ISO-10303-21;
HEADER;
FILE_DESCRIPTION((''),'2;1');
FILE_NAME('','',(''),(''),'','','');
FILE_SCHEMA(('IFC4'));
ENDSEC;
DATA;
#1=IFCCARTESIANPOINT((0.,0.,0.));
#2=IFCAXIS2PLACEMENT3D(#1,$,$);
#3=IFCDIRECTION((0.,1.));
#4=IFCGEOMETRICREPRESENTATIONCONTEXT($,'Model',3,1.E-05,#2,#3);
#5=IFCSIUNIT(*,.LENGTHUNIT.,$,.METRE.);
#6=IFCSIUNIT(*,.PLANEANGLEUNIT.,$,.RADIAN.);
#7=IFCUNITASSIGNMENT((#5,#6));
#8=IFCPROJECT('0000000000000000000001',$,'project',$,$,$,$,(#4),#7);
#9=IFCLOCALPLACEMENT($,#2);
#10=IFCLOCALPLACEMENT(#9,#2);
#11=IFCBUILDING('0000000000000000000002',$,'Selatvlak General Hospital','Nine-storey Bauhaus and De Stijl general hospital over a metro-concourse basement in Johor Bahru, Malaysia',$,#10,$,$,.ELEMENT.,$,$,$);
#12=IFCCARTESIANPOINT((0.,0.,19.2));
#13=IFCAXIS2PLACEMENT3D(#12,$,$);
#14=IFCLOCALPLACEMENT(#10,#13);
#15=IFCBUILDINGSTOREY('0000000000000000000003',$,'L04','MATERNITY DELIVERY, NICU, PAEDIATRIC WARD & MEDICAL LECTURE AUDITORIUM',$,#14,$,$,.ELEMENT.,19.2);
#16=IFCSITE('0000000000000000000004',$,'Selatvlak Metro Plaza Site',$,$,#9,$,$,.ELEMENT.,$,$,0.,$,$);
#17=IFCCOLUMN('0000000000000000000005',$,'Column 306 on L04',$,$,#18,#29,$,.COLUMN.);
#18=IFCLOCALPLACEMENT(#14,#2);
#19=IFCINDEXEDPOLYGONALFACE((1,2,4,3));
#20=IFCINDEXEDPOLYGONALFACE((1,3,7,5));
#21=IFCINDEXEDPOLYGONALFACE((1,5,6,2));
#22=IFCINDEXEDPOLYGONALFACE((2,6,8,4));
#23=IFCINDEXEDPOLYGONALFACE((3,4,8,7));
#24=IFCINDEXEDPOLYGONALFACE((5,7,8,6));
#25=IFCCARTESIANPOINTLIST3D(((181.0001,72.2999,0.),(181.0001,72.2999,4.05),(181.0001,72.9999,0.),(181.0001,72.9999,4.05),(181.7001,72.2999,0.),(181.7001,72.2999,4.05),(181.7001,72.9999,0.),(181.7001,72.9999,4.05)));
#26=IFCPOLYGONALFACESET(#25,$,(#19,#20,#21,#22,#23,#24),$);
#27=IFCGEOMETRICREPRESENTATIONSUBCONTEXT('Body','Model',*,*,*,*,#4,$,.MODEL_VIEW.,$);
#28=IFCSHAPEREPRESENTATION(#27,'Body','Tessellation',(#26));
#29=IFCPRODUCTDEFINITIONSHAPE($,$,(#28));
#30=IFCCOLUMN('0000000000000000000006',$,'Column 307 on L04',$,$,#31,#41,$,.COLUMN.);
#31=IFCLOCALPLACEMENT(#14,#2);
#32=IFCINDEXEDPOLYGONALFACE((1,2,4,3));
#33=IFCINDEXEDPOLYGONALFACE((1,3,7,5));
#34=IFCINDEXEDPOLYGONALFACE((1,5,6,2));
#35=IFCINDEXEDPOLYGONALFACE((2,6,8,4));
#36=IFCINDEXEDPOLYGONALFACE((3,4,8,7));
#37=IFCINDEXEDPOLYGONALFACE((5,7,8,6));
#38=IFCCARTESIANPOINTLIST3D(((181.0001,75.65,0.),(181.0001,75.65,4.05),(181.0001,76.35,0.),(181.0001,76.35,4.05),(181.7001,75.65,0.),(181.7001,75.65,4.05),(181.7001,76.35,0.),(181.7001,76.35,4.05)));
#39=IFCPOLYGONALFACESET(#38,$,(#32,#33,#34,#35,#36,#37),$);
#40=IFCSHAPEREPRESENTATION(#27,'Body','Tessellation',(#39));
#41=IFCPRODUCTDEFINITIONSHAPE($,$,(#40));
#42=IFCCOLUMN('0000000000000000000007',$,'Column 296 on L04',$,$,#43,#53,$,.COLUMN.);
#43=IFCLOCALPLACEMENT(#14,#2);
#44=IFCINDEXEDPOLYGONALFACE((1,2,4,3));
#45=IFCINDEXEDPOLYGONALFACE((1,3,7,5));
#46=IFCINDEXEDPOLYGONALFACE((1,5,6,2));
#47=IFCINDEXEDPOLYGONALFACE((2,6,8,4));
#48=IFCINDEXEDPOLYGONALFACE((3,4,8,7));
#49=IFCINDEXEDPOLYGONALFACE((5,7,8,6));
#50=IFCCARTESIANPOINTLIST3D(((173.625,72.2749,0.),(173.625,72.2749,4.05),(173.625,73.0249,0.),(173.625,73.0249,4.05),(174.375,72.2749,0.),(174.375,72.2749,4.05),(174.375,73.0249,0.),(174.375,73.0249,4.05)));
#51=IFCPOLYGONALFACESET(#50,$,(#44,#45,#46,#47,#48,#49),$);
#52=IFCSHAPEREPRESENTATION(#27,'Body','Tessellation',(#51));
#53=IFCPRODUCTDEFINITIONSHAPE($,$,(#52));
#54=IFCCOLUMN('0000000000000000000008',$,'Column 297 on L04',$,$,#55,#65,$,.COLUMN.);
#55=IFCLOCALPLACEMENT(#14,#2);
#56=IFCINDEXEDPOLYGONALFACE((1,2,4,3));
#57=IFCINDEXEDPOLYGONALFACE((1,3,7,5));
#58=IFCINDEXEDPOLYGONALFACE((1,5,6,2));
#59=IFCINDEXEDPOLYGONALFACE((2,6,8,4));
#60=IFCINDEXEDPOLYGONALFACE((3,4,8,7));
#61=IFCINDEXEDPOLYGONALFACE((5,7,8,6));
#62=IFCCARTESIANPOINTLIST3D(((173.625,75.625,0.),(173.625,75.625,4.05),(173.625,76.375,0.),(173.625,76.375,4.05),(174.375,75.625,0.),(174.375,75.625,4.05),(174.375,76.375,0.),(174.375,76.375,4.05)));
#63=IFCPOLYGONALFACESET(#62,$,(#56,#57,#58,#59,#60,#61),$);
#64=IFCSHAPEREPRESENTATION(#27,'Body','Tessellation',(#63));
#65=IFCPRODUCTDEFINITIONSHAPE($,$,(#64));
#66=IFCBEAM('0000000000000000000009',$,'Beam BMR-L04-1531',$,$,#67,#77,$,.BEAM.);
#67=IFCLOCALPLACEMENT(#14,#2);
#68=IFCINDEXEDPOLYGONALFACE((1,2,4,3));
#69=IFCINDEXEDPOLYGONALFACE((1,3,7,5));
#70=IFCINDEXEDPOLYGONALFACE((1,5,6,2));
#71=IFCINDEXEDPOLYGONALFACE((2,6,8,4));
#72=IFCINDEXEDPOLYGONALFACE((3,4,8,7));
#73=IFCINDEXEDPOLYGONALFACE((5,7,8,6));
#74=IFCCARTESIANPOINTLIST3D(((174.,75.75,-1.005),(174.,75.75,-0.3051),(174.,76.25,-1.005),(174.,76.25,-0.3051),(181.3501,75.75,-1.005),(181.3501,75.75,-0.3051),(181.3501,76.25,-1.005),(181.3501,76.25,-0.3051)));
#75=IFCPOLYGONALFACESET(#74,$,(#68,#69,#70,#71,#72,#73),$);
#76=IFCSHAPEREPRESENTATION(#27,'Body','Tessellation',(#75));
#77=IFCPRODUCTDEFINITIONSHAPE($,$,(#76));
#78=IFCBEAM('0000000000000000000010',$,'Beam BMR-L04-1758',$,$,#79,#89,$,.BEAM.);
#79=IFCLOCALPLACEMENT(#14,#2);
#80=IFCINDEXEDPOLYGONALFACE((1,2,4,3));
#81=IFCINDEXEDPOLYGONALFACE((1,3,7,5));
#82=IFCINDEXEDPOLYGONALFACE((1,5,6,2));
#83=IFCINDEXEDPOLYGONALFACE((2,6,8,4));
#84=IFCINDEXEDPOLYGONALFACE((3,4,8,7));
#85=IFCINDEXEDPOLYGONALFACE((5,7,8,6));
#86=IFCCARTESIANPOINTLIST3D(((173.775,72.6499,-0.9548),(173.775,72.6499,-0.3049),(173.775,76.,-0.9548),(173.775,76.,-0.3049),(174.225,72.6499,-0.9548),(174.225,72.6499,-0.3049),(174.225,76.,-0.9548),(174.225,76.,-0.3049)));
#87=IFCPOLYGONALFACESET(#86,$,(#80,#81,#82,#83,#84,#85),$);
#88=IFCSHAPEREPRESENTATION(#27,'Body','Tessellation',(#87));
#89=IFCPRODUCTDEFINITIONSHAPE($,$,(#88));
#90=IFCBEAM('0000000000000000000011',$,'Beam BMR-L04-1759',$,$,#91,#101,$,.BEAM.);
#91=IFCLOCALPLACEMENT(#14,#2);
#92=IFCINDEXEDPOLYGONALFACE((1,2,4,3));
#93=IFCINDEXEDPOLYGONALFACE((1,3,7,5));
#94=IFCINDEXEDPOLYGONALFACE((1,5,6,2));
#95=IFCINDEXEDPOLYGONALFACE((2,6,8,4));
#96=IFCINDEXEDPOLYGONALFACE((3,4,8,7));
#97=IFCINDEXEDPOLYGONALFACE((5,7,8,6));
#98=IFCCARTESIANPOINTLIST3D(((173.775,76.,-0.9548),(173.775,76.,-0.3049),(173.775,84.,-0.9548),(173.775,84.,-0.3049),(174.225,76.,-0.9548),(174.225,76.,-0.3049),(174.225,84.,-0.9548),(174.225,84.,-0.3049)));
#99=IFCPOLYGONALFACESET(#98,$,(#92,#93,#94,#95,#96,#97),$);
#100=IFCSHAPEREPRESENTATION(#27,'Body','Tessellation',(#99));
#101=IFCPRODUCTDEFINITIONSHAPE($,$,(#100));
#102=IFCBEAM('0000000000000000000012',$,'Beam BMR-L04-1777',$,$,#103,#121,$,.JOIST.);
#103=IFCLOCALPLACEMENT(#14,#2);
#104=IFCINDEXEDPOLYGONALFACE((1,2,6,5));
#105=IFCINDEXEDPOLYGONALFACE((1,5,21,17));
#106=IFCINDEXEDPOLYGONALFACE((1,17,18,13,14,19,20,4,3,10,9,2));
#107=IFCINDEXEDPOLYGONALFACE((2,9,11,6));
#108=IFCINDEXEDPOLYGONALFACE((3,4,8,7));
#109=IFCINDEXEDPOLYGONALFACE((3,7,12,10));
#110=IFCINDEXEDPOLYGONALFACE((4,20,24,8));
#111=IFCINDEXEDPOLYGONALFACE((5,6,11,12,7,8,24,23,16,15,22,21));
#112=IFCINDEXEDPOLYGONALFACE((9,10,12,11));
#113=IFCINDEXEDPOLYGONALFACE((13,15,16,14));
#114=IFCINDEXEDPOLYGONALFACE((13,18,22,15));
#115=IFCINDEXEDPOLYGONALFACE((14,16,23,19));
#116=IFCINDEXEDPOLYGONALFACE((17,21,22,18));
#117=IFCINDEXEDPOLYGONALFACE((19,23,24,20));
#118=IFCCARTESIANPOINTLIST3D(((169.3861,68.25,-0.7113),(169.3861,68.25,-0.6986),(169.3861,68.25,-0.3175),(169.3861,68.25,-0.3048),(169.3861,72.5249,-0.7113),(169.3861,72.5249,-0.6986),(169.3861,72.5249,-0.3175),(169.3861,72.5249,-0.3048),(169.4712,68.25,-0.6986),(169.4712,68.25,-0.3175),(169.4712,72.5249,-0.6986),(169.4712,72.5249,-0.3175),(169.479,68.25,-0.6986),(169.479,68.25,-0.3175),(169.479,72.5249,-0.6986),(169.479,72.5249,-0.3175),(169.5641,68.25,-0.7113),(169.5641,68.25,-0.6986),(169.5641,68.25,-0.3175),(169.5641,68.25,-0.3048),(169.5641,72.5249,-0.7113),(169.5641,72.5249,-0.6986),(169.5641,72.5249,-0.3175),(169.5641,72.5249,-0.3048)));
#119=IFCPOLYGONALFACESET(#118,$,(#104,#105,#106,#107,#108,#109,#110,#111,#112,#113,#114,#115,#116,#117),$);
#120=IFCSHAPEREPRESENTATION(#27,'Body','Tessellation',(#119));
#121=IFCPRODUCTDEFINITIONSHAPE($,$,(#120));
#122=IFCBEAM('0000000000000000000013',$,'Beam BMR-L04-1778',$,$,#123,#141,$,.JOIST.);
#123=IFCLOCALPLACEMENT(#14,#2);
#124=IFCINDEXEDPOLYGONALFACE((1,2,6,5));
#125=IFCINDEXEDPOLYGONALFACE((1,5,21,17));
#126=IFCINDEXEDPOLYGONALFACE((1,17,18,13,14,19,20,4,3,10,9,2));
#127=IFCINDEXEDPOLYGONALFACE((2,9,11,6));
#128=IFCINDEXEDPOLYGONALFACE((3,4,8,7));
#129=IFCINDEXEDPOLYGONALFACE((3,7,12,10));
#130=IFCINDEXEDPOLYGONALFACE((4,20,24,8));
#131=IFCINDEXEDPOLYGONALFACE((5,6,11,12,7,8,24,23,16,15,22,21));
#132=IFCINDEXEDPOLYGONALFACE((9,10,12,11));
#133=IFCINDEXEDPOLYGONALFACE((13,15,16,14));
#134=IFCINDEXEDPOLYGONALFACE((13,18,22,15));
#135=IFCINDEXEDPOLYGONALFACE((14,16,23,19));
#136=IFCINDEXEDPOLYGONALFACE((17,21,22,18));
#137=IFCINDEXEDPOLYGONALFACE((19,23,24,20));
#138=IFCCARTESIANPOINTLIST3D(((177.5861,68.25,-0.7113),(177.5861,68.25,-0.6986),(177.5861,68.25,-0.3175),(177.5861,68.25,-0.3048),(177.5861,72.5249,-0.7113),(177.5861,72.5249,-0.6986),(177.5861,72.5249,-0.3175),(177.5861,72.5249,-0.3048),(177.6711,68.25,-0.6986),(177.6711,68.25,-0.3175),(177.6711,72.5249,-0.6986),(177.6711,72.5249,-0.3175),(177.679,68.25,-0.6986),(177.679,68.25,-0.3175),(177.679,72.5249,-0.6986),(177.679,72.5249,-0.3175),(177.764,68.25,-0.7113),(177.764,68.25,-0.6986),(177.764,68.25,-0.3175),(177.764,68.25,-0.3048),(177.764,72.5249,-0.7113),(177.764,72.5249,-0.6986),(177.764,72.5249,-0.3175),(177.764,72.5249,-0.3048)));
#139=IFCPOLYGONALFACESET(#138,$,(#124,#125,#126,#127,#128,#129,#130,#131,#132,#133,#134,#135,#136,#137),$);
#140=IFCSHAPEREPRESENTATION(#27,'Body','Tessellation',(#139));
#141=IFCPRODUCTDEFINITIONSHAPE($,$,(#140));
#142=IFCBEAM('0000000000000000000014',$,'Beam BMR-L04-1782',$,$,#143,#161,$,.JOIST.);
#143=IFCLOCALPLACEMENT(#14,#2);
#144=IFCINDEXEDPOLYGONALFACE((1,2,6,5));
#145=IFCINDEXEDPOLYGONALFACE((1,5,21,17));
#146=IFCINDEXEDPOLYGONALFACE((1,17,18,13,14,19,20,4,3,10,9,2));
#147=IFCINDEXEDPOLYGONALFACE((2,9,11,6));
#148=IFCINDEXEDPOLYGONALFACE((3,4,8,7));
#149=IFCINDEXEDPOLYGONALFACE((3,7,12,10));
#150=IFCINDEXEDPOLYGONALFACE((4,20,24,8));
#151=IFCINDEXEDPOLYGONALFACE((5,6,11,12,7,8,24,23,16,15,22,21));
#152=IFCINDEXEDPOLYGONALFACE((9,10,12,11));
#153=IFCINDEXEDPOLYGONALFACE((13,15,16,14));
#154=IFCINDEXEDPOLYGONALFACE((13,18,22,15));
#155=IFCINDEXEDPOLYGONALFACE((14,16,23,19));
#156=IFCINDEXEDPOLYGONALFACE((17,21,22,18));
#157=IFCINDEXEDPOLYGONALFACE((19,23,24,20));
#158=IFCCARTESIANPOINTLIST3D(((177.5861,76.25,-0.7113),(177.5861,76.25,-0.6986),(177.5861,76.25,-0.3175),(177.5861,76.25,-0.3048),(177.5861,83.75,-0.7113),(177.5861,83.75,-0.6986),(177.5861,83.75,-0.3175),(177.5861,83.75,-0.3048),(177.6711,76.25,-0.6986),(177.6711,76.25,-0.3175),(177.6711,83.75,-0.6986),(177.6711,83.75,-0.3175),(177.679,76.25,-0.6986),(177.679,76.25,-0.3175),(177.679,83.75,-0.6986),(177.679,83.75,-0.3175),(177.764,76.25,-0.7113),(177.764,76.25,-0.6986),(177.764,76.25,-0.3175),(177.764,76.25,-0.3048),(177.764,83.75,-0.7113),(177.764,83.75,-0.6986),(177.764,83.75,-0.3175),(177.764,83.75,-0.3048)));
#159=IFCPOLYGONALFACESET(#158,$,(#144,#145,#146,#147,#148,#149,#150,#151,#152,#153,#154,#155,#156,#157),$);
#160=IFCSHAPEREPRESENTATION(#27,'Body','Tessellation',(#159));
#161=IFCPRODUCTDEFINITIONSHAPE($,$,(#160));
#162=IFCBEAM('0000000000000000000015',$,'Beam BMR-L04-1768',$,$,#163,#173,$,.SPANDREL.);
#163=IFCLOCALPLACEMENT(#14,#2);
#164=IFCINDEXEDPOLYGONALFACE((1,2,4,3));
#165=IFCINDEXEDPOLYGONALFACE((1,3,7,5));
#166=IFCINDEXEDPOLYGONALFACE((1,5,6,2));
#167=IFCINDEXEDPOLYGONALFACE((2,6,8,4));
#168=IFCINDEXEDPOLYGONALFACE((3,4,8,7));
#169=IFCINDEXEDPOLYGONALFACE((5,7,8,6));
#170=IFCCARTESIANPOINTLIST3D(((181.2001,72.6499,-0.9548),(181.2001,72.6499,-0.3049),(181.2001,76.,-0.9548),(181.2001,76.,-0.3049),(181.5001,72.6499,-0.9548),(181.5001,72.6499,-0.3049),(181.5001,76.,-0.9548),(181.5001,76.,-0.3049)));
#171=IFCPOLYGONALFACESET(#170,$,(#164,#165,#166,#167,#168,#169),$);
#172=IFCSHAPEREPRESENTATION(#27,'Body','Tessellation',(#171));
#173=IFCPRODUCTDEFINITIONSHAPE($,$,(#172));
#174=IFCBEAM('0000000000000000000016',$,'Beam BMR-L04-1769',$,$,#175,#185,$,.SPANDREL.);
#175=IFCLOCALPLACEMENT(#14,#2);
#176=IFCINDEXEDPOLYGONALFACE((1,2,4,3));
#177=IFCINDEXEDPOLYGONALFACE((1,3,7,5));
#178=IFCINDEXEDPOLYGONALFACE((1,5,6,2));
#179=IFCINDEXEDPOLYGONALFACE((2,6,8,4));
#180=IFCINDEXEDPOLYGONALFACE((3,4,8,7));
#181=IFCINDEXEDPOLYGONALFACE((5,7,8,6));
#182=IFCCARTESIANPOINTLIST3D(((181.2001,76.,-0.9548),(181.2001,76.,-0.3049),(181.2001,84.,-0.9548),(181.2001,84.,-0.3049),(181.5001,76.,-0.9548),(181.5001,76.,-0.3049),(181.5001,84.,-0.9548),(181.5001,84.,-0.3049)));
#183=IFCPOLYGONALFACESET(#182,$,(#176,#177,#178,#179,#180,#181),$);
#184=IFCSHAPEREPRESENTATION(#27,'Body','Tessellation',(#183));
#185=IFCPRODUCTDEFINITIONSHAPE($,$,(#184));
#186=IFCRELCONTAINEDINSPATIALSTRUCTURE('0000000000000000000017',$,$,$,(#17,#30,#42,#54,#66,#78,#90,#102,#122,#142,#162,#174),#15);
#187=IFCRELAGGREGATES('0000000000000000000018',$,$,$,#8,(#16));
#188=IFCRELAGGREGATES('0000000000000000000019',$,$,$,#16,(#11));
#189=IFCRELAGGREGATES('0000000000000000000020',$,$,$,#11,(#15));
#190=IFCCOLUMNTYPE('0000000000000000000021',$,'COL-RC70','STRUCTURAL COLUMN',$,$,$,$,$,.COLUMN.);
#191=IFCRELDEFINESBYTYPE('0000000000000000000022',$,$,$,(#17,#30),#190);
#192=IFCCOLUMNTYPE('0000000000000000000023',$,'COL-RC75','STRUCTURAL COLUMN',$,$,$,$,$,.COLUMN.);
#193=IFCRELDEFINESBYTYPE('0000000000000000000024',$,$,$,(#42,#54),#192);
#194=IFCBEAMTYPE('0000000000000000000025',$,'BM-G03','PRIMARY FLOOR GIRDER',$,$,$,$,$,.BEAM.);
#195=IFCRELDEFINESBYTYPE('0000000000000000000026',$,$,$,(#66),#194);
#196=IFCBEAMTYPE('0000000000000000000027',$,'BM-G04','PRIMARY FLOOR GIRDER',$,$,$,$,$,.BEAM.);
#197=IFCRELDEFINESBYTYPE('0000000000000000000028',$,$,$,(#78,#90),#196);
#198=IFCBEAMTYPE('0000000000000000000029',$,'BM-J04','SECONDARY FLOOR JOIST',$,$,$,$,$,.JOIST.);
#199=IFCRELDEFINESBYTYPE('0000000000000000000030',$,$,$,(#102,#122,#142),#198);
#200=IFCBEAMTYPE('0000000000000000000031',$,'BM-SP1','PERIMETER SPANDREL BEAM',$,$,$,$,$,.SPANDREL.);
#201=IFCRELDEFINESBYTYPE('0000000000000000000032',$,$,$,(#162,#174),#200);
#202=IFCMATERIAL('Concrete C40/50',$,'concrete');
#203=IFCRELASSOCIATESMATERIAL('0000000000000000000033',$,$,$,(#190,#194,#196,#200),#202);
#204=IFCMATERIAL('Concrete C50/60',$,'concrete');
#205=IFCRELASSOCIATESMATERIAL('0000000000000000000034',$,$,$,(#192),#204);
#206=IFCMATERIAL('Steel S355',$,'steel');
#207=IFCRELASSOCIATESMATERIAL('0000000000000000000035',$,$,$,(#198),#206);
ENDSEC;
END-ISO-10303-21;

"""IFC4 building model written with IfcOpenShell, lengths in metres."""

from ifc_helpers import new_model, si_unit, direction, frame, origin, origin_2d, place, context, subcontext, project, spatial, rectangle, i_section, extrude, material, material_profile, profile_set, type_object, element, save


model = new_model("IFC4")

# Units and contexts
model_context = context("Model", 3, precision=1e-05, world=origin(), true_north=direction((0.0, 1.0)))
body_context = subcontext(model_context, "Body", "Model", "MODEL_VIEW")
ifc_project = project(units=[si_unit("LENGTHUNIT", "METRE"), si_unit("PLANEANGLEUNIT", "RADIAN")], contexts=[model_context])

# Site, building, storey
site_placement = place(None, origin())
site = spatial("IfcSite", under=ifc_project, at=site_placement, Name="Selatvlak Metro Plaza Site", CompositionType="ELEMENT", RefElevation=0.0)
building_placement = place(site_placement, origin())
building = spatial("IfcBuilding", under=site, at=building_placement, Name="Selatvlak General Hospital", Description="Nine-storey Bauhaus and De Stijl general hospital over a metro-concourse basement in Johor Bahru, Malaysia", CompositionType="ELEMENT")
storey_placement = place(building_placement, frame((0.0, 0.0, 19.2)))
storey = spatial("IfcBuildingStorey", under=building, at=storey_placement, Name="L04", Description="MATERNITY DELIVERY, NICU, PAEDIATRIC WARD & MEDICAL LECTURE AUDITORIUM", CompositionType="ELEMENT", Elevation=19.2)

# Columns
ifc_material_1 = material(Name="Concrete C40/50", Category="concrete")
ifc_material_profile_1 = material_profile(ifc_material_1, rectangle(XDim=0.7, YDim=0.7, at=origin_2d()), Name="RC-COL 700x700")
ifc_profile_set_1 = profile_set([ifc_material_profile_1], Name="Concrete C40/50")
column_type_1 = type_object("IfcColumnType", Name="COL-RC70", Description="STRUCTURAL COLUMN", PredefinedType="COLUMN", material=ifc_profile_set_1)
for number, where, z_axis, x_axis, name in (
    (1, (181.3501, 72.6499, 0.0), (0.0, 0.0, 1.0), (1.0, 0.0, 0.0), "Column 306 on L04"),
    (2, (181.3501, 76.0, 0.0), (0.0, 0.0, 1.0), (1.0, 0.0, 0.0), "Column 307 on L04"),
):
    element("IfcColumn", number, at=place(storey_placement, frame(where, z_axis=z_axis, x_axis=x_axis)), inside=storey, type_object=column_type_1, Name=name, PredefinedType="COLUMN", context=body_context, shape_type="SweptSolid", body=[
        extrude(rectangle(XDim=0.7, YDim=0.7, at=origin_2d()), origin(), (0.0, 0.0, 1.0), 4.05),
    ])
ifc_material_2 = material(Name="Concrete C50/60", Category="concrete")
ifc_material_profile_2 = material_profile(ifc_material_2, rectangle(XDim=0.75, YDim=0.75, at=origin_2d()), Name="RC-COL 750x750")
ifc_profile_set_2 = profile_set([ifc_material_profile_2], Name="Concrete C50/60")
column_type_2 = type_object("IfcColumnType", Name="COL-RC75", Description="STRUCTURAL COLUMN", PredefinedType="COLUMN", material=ifc_profile_set_2)
for number, where, z_axis, x_axis, name in (
    (3, (174.0, 72.6499, 0.0), (0.0, 0.0, 1.0), (1.0, 0.0, 0.0), "Column 296 on L04"),
    (4, (174.0, 76.0, 0.0), (0.0, 0.0, 1.0), (1.0, 0.0, 0.0), "Column 297 on L04"),
):
    element("IfcColumn", number, at=place(storey_placement, frame(where, z_axis=z_axis, x_axis=x_axis)), inside=storey, type_object=column_type_2, Name=name, PredefinedType="COLUMN", context=body_context, shape_type="SweptSolid", body=[
        extrude(rectangle(XDim=0.75, YDim=0.75, at=origin_2d()), origin(), (0.0, 0.0, 1.0), 4.05),
    ])

# Beams
ifc_material_profile_3 = material_profile(ifc_material_1, rectangle(XDim=0.5, YDim=0.7, at=origin_2d()), Name="RC-BM 500x700")
ifc_profile_set_3 = profile_set([ifc_material_profile_3], Name="Concrete C40/50")
beam_type_1 = type_object("IfcBeamType", Name="BM-G03", Description="PRIMARY FLOOR GIRDER", PredefinedType="BEAM", material=ifc_profile_set_3)
beam_1_placement = place(storey_placement, frame((174.0, 76.0, -0.655), z_axis=(1.0, 0.0, 0.0), x_axis=(0.0, 1.0, 0.0)))
element("IfcBeam", 5, at=beam_1_placement, inside=storey, type_object=beam_type_1, Name="Beam BMR-L04-1531", PredefinedType="BEAM", context=body_context, shape_type="SweptSolid", body=[
    extrude(rectangle(XDim=0.5, YDim=0.7, at=origin_2d()), origin(), (0.0, 0.0, 1.0), 7.3501),
])
ifc_material_profile_4 = material_profile(ifc_material_1, rectangle(XDim=0.45, YDim=0.6499, at=origin_2d()), Name="RC-BM 450x650")
ifc_profile_set_4 = profile_set([ifc_material_profile_4], Name="Concrete C40/50")
beam_type_2 = type_object("IfcBeamType", Name="BM-G04", Description="PRIMARY FLOOR GIRDER", PredefinedType="BEAM", material=ifc_profile_set_4)
beam_2_placement = place(storey_placement, frame((174.0, 72.6499, -0.6299), z_axis=(0.0, 1.0, 0.0), x_axis=(-1.0, 0.0, 0.0)))
element("IfcBeam", 6, at=beam_2_placement, inside=storey, type_object=beam_type_2, Name="Beam BMR-L04-1758", PredefinedType="BEAM", context=body_context, shape_type="SweptSolid", body=[
    extrude(rectangle(XDim=0.45, YDim=0.6499, at=origin_2d()), origin(), (0.0, 0.0, 1.0), 3.3501),
])
beam_3_placement = place(storey_placement, frame((174.0, 76.0, -0.6299), z_axis=(0.0, 1.0, 0.0), x_axis=(-1.0, 0.0, 0.0)))
element("IfcBeam", 7, at=beam_3_placement, inside=storey, type_object=beam_type_2, Name="Beam BMR-L04-1759", PredefinedType="BEAM", context=body_context, shape_type="SweptSolid", body=[
    extrude(rectangle(XDim=0.45, YDim=0.6499, at=origin_2d()), origin(), (0.0, 0.0, 1.0), 8.0),
])
ifc_material_3 = material(Name="Steel S355", Category="steel")
ifc_material_profile_5 = material_profile(ifc_material_3, i_section(OverallWidth=0.178, OverallDepth=0.4065, WebThickness=0.0078, FlangeThickness=0.0127, at=origin_2d()), Name="UB 406x178x60")
ifc_profile_set_5 = profile_set([ifc_material_profile_5], Name="Steel S355")
beam_type_3 = type_object("IfcBeamType", Name="BM-J04", Description="SECONDARY FLOOR JOIST", PredefinedType="JOIST", material=ifc_profile_set_5)
for number, where, z_axis, x_axis, name in (
    (8, (169.4751, 68.25, -0.5081), (0.0, 1.0, 0.0), (-1.0, 0.0, 0.0), "Beam BMR-L04-1777"),
    (9, (177.675, 68.25, -0.5081), (0.0, 1.0, 0.0), (-1.0, 0.0, 0.0), "Beam BMR-L04-1778"),
):
    element("IfcBeam", number, at=place(storey_placement, frame(where, z_axis=z_axis, x_axis=x_axis)), inside=storey, type_object=beam_type_3, Name=name, PredefinedType="JOIST", context=body_context, shape_type="SweptSolid", body=[
        extrude(i_section(OverallWidth=0.178, OverallDepth=0.4065, WebThickness=0.0078, FlangeThickness=0.0127, at=origin_2d()), origin(), (0.0, 0.0, 1.0), 4.2749),
    ])
beam_4_placement = place(storey_placement, frame((177.675, 76.25, -0.5081), z_axis=(0.0, 1.0, 0.0), x_axis=(-1.0, 0.0, 0.0)))
element("IfcBeam", 10, at=beam_4_placement, inside=storey, type_object=beam_type_3, Name="Beam BMR-L04-1782", PredefinedType="JOIST", context=body_context, shape_type="SweptSolid", body=[
    extrude(i_section(OverallWidth=0.178, OverallDepth=0.4065, WebThickness=0.0078, FlangeThickness=0.0127, at=origin_2d()), origin(), (0.0, 0.0, 1.0), 7.5),
])
ifc_material_profile_6 = material_profile(ifc_material_1, rectangle(XDim=0.3, YDim=0.6499, at=origin_2d()), Name="RC-SP 300x650")
ifc_profile_set_6 = profile_set([ifc_material_profile_6], Name="Concrete C40/50")
beam_type_4 = type_object("IfcBeamType", Name="BM-SP1", Description="PERIMETER SPANDREL BEAM", PredefinedType="SPANDREL", material=ifc_profile_set_6)
beam_5_placement = place(storey_placement, frame((181.3501, 72.6499, -0.6299), z_axis=(0.0, 1.0, 0.0), x_axis=(-1.0, 0.0, 0.0)))
element("IfcBeam", 11, at=beam_5_placement, inside=storey, type_object=beam_type_4, Name="Beam BMR-L04-1768", PredefinedType="SPANDREL", context=body_context, shape_type="SweptSolid", body=[
    extrude(rectangle(XDim=0.3, YDim=0.6499, at=origin_2d()), origin(), (0.0, 0.0, 1.0), 3.3501),
])
beam_6_placement = place(storey_placement, frame((181.3501, 76.0, -0.6299), z_axis=(0.0, 1.0, 0.0), x_axis=(-1.0, 0.0, 0.0)))
element("IfcBeam", 12, at=beam_6_placement, inside=storey, type_object=beam_type_4, Name="Beam BMR-L04-1769", PredefinedType="SPANDREL", context=body_context, shape_type="SweptSolid", body=[
    extrude(rectangle(XDim=0.3, YDim=0.6499, at=origin_2d()), origin(), (0.0, 0.0, 1.0), 8.0),
])

save(model, "model.ifc")
